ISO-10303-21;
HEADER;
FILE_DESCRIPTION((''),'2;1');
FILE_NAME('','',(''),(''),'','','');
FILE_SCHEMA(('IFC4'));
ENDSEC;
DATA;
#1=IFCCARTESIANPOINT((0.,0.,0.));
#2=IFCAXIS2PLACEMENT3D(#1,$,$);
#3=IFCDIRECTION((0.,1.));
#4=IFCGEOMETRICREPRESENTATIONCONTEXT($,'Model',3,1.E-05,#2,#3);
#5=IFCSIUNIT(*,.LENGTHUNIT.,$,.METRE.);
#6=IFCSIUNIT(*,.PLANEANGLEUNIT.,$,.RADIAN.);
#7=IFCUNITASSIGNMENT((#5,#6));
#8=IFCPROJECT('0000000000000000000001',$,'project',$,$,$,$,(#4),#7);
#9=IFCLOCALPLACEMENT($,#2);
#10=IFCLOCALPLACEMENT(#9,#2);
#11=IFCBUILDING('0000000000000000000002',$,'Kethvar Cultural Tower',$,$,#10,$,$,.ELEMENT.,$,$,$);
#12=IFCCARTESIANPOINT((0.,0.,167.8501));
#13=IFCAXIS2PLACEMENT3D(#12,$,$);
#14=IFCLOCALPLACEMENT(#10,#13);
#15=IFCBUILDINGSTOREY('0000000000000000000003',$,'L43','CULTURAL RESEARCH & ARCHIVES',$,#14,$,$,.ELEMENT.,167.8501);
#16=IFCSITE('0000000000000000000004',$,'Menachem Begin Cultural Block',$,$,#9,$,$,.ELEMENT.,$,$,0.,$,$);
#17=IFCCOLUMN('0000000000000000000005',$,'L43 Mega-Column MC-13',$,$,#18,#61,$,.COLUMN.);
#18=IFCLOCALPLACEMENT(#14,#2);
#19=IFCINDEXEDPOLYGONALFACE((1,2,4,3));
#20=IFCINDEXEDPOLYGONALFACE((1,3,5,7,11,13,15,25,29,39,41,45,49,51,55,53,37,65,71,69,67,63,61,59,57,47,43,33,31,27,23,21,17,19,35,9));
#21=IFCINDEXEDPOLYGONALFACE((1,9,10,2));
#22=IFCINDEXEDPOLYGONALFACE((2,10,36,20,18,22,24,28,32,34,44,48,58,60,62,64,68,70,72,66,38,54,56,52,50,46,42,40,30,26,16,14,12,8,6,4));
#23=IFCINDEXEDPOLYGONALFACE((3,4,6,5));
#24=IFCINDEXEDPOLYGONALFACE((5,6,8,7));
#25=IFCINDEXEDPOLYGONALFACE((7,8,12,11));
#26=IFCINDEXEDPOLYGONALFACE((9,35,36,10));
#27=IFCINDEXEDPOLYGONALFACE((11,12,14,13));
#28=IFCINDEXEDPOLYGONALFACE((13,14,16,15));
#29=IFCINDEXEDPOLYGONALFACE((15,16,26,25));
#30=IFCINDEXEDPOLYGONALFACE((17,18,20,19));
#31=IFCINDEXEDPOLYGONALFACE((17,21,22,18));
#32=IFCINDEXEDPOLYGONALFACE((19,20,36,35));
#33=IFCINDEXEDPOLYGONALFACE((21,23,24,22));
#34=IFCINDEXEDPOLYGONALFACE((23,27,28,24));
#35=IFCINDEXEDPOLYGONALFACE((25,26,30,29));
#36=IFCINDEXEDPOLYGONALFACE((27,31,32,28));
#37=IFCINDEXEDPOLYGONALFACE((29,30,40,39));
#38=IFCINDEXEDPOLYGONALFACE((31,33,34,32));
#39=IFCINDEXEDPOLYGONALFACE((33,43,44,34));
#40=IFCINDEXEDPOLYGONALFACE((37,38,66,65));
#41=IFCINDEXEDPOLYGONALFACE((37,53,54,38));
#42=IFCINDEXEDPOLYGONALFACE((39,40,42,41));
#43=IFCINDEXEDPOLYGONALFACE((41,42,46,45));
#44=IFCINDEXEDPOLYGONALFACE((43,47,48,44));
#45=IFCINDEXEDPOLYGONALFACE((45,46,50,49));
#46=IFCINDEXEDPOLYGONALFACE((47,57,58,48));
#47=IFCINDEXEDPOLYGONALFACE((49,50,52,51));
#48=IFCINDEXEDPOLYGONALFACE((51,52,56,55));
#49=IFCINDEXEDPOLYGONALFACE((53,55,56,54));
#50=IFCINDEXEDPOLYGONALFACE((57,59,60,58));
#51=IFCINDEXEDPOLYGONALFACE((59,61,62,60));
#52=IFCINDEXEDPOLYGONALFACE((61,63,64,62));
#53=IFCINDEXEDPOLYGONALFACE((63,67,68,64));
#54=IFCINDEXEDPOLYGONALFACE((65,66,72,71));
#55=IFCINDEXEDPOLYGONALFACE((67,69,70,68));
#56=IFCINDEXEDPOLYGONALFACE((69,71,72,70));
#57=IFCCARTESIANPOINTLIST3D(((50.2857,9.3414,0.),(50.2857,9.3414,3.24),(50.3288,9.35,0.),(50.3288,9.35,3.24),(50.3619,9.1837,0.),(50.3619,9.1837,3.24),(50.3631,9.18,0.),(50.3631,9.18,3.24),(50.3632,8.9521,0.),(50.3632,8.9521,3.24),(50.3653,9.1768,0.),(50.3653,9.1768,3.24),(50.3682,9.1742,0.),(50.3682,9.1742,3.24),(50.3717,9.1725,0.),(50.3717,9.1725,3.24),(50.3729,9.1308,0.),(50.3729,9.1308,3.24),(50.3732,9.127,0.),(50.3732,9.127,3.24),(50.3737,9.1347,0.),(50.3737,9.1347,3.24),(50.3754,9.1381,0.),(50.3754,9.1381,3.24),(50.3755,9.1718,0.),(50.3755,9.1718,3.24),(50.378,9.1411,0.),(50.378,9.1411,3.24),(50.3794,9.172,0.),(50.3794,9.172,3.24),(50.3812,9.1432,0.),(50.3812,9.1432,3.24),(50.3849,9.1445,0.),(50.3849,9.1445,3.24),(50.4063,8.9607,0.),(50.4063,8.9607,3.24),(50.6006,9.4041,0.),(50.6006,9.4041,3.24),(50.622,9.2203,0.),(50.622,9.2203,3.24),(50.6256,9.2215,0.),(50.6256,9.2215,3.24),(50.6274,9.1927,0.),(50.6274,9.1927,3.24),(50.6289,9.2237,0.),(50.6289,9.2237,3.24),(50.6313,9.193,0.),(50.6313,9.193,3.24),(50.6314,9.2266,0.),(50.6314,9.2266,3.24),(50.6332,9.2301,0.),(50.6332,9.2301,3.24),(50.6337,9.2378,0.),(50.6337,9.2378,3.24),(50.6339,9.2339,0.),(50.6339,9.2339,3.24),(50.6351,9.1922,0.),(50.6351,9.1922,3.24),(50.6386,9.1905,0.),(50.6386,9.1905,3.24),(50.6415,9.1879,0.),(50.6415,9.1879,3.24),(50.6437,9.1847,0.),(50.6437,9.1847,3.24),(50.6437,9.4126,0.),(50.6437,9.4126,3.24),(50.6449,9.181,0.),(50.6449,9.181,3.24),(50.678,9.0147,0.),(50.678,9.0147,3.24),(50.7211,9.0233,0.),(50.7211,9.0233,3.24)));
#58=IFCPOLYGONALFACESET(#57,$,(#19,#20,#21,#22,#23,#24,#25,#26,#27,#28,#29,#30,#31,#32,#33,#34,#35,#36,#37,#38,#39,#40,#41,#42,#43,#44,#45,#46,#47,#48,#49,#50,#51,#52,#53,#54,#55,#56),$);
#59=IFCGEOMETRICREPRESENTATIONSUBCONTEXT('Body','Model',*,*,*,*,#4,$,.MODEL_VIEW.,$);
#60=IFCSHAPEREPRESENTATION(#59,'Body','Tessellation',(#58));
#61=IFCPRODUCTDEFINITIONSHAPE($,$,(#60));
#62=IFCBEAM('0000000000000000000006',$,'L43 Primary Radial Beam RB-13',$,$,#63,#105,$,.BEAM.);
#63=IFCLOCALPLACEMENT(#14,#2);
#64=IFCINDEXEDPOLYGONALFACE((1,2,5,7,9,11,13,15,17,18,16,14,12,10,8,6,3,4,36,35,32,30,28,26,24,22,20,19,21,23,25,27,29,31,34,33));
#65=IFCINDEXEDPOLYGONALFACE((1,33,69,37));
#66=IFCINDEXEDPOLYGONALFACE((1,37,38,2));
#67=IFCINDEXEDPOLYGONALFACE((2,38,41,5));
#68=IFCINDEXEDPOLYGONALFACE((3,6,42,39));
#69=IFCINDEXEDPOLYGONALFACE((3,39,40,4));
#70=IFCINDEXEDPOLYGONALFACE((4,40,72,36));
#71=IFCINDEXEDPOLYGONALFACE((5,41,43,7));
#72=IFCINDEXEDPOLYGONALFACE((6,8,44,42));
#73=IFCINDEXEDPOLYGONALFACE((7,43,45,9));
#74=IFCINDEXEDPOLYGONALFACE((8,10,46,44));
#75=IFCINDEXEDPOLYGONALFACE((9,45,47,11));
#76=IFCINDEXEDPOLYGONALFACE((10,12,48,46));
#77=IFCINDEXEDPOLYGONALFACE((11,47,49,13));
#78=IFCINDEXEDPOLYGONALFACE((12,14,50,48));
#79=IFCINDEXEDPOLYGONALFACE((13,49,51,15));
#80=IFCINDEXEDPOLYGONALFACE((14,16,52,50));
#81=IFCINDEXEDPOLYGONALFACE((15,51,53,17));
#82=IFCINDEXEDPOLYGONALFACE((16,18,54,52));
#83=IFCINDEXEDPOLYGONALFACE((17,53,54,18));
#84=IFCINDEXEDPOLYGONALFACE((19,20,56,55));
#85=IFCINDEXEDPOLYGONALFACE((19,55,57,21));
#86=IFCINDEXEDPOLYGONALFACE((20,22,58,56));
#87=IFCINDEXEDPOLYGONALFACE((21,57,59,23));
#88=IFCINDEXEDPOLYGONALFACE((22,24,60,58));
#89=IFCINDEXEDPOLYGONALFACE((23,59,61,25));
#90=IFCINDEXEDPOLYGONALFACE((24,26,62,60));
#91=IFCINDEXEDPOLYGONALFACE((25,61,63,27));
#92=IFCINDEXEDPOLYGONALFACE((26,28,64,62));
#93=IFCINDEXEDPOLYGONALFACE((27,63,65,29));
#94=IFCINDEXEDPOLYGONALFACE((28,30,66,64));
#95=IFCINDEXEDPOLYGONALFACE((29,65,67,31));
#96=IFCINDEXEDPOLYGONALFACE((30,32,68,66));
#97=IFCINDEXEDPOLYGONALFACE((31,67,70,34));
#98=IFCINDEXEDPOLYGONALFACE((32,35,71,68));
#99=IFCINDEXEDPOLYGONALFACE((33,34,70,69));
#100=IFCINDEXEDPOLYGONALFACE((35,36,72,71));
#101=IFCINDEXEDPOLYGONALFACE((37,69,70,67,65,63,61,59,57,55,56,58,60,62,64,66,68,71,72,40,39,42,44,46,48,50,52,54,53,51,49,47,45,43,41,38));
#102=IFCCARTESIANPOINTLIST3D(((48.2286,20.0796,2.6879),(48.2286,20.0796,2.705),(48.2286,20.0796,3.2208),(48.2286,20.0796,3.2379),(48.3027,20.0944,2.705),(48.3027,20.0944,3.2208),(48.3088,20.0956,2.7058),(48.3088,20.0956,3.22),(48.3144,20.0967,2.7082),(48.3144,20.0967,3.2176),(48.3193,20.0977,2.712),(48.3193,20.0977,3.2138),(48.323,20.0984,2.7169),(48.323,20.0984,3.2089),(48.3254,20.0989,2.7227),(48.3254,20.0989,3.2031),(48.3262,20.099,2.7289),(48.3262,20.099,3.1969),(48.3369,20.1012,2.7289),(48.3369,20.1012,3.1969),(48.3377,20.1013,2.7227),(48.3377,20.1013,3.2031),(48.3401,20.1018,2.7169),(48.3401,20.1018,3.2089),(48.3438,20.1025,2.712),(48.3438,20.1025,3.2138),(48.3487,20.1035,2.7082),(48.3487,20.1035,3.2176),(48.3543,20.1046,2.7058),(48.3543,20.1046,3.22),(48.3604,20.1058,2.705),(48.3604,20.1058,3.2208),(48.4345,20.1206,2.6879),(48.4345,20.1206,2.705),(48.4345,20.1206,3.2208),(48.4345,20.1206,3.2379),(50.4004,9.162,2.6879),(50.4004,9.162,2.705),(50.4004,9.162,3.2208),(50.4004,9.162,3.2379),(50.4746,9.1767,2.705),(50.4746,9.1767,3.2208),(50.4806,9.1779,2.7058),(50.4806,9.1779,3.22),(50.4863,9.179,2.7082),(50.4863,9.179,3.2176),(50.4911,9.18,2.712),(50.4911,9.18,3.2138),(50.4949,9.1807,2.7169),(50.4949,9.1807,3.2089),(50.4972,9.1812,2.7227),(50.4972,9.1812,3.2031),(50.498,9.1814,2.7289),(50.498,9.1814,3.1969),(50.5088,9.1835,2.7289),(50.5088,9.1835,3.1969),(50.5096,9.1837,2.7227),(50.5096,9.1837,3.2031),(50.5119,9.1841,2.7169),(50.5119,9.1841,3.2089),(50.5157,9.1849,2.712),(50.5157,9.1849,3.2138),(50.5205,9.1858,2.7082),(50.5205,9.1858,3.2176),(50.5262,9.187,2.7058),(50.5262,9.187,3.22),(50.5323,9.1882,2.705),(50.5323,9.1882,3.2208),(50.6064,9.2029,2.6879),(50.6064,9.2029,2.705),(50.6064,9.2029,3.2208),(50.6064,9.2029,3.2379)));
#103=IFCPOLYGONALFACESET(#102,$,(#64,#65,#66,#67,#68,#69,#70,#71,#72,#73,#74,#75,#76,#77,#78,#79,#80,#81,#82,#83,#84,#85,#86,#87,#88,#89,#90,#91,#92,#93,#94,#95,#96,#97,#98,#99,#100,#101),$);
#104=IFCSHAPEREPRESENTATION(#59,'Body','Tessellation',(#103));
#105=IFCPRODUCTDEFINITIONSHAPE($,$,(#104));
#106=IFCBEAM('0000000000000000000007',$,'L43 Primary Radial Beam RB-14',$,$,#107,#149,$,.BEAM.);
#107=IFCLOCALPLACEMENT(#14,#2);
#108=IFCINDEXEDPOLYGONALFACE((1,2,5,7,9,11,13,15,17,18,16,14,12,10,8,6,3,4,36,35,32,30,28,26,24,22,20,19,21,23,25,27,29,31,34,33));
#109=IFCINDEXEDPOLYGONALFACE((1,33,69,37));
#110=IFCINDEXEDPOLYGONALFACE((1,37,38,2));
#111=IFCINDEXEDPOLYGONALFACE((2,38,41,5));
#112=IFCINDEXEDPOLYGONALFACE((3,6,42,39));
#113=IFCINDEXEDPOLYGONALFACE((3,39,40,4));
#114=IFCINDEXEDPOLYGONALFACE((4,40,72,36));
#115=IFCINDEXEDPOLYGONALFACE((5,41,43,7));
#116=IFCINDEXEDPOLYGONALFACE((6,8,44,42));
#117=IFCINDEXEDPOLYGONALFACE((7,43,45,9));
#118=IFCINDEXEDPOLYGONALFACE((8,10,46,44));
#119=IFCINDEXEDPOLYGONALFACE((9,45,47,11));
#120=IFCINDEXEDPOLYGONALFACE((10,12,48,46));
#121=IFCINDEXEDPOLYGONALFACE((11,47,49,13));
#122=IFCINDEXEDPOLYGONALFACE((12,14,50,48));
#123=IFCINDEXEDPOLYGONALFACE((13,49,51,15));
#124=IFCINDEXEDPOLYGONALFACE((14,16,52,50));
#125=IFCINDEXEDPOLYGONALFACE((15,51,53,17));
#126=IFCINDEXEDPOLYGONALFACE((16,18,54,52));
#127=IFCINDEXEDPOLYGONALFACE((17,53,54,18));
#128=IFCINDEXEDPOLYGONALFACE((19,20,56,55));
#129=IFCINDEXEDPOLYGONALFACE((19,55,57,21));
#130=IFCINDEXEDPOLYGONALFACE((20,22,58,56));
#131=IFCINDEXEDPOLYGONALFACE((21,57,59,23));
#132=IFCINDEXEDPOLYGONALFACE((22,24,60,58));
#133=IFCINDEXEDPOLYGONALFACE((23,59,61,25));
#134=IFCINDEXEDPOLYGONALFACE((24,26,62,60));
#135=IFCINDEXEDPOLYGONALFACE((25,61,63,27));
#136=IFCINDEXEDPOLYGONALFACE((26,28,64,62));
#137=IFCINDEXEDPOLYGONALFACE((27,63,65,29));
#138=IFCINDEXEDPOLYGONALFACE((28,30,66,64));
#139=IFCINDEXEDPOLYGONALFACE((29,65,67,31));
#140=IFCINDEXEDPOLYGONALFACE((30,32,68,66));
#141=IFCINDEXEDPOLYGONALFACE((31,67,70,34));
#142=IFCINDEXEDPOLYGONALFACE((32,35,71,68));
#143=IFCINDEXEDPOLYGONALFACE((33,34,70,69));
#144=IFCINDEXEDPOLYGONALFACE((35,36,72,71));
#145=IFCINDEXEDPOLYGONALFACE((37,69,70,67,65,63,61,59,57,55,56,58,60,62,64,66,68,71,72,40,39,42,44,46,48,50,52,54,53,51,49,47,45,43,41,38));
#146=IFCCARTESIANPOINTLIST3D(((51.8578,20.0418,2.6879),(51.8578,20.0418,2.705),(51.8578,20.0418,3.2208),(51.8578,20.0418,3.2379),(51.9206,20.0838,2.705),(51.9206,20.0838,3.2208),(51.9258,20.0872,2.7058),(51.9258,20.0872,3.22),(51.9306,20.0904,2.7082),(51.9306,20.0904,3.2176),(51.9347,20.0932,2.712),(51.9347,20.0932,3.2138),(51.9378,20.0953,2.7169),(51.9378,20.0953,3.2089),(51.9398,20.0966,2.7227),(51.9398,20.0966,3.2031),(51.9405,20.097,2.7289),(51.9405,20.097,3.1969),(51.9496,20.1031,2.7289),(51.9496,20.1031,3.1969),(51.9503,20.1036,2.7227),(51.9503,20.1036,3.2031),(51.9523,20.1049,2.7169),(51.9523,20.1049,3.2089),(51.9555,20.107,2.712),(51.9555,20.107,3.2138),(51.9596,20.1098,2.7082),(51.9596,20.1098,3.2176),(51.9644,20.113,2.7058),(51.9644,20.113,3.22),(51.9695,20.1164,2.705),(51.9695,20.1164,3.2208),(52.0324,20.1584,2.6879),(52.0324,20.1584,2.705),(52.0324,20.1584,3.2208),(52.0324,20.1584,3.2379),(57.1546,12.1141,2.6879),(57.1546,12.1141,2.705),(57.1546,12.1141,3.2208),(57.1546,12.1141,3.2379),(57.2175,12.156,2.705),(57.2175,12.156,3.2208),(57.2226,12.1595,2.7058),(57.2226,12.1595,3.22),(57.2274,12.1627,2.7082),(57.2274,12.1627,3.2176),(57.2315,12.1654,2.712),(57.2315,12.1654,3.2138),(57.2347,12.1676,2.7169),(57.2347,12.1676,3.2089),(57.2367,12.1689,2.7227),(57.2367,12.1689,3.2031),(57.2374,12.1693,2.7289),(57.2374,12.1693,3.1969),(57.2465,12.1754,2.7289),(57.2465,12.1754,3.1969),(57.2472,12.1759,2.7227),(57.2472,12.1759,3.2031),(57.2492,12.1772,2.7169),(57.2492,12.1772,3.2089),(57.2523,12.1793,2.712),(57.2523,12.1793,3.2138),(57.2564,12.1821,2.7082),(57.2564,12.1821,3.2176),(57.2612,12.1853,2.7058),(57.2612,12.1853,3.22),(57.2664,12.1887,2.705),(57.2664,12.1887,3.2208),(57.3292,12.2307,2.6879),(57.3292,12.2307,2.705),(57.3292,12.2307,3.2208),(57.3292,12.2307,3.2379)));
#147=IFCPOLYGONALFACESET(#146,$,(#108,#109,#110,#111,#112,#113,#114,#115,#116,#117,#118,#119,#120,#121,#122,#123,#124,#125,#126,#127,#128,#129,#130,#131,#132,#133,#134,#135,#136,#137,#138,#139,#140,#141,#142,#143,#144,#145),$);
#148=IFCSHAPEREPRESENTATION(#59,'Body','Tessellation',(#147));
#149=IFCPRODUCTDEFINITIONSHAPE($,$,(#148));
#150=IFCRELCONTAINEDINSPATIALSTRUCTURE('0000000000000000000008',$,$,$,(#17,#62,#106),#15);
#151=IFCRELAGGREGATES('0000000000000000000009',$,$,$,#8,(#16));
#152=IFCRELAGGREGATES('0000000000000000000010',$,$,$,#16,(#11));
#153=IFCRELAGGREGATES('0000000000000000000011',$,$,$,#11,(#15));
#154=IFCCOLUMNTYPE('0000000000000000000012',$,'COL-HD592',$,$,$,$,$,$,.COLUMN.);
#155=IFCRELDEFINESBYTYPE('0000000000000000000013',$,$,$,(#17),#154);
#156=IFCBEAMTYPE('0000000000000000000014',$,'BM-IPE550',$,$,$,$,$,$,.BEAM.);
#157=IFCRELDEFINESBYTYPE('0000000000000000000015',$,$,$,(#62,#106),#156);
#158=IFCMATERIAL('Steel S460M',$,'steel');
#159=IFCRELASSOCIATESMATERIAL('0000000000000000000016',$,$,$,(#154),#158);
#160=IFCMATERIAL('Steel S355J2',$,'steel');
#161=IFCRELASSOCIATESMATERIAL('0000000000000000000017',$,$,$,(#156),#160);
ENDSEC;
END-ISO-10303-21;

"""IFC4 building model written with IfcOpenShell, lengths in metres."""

from ifc_helpers import new_model, si_unit, direction, frame, origin, origin_2d, place, context, subcontext, project, spatial, i_section, extrude, source, transform, mapped, material, material_profile, profile_set, type_object, element, save


model = new_model("IFC4")

# Units and contexts
model_context = context("Model", 3, precision=1e-05, world=origin(), true_north=direction((0.0, 1.0)))
body_context = subcontext(model_context, "Body", "Model", "MODEL_VIEW")
ifc_project = project(units=[si_unit("LENGTHUNIT", "METRE"), si_unit("PLANEANGLEUNIT", "RADIAN")], contexts=[model_context])

# Site, building, storey
site_placement = place(None, origin())
site = spatial("IfcSite", under=ifc_project, at=site_placement, Name="Menachem Begin Cultural Block", CompositionType="ELEMENT", RefElevation=0.0)
building_placement = place(site_placement, origin())
building = spatial("IfcBuilding", under=site, at=building_placement, Name="Kethvar Cultural Tower", CompositionType="ELEMENT")
storey_placement = place(building_placement, frame((0.0, 0.0, 167.8501)))
storey = spatial("IfcBuildingStorey", under=building, at=storey_placement, Name="L43", Description="CULTURAL RESEARCH & ARCHIVES", CompositionType="ELEMENT", Elevation=167.8501)

# Column
ifc_material_1 = material(Name="Steel S460M", Category="steel")
ifc_material_profile_1 = material_profile(ifc_material_1, i_section(OverallWidth=0.397, OverallDepth=0.365, WebThickness=0.0281, FlangeThickness=0.0439, FilletRadius=0.0149, at=origin_2d()), Name="Steel S460M — HD400x592")
ifc_profile_set_1 = profile_set([ifc_material_profile_1], Name="Steel S460M — HD400x592")
column_type = type_object("IfcColumnType", Name="COL-HD592", PredefinedType="COLUMN", material=ifc_profile_set_1)
shared_shape_1 = source(origin(), body_context, "Body", "SweptSolid", [
    extrude(i_section(OverallWidth=0.397, OverallDepth=0.365, WebThickness=0.0281, FlangeThickness=0.0439, FilletRadius=0.0149, at=origin_2d()), origin(), (0.0, 0.0, 1.0), 3.24),
])
column_placement = place(storey_placement, frame((50.5034, 9.1824, 0.0), z_axis=(0.0, 0.0, 1.0), x_axis=(0.19509, -0.980785, 0.0)))
element("IfcColumn", 1, at=column_placement, inside=storey, type_object=column_type, Name="L43 Mega-Column MC-13", PredefinedType="COLUMN", context=body_context, shape_type="MappedRepresentation", body=[
    mapped(shared_shape_1, transform((0.0, 0.0, 0.0), scale=1.0)),
])

# Beams
ifc_material_2 = material(Name="Steel S355J2", Category="steel")
ifc_material_profile_2 = material_profile(ifc_material_2, i_section(OverallWidth=0.21, OverallDepth=0.55, WebThickness=0.011, FlangeThickness=0.0171, FilletRadius=0.0239, at=origin_2d()), Name="Steel S355J2 — IPE550")
ifc_profile_set_2 = profile_set([ifc_material_profile_2], Name="Steel S355J2 — IPE550")
beam_type_1 = type_object("IfcBeamType", Name="BM-IPE550", PredefinedType="BEAM", material=ifc_profile_set_2)
shared_shape_2 = source(origin(), body_context, "Body", "SweptSolid", [
    extrude(i_section(OverallWidth=0.21, OverallDepth=0.55, WebThickness=0.011, FlangeThickness=0.0171, FilletRadius=0.0239, at=origin_2d()), origin(), (0.0, 0.0, 1.0), 11.1316),
])
beam_1_placement = place(storey_placement, frame((48.3315, 20.1001, 2.9629), z_axis=(0.195108, -0.980782, 0.0), x_axis=(0.980782, 0.195108, 0.0)))
element("IfcBeam", 2, at=beam_1_placement, inside=storey, type_object=beam_type_1, Name="L43 Primary Radial Beam RB-13", PredefinedType="BEAM", context=body_context, shape_type="MappedRepresentation", body=[
    mapped(shared_shape_2, transform((0.0, 0.0, 0.0), scale=1.0)),
])
shared_shape_3 = source(origin(), body_context, "Body", "SweptSolid", [
    extrude(i_section(OverallWidth=0.21, OverallDepth=0.55, WebThickness=0.011, FlangeThickness=0.0171, FilletRadius=0.0239, at=origin_2d()), origin(), (0.0, 0.0, 1.0), 9.5344),
])
beam_2_placement = place(storey_placement, frame((51.9451, 20.1001, 2.9629), z_axis=(0.555551, -0.831483, 0.0), x_axis=(0.831483, 0.555551, 0.0)))
element("IfcBeam", 3, at=beam_2_placement, inside=storey, type_object=beam_type_1, Name="L43 Primary Radial Beam RB-14", PredefinedType="BEAM", context=body_context, shape_type="MappedRepresentation", body=[
    mapped(shared_shape_3, transform((0.0, 0.0, 0.0), scale=1.0)),
])

save(model, "model.ifc")
